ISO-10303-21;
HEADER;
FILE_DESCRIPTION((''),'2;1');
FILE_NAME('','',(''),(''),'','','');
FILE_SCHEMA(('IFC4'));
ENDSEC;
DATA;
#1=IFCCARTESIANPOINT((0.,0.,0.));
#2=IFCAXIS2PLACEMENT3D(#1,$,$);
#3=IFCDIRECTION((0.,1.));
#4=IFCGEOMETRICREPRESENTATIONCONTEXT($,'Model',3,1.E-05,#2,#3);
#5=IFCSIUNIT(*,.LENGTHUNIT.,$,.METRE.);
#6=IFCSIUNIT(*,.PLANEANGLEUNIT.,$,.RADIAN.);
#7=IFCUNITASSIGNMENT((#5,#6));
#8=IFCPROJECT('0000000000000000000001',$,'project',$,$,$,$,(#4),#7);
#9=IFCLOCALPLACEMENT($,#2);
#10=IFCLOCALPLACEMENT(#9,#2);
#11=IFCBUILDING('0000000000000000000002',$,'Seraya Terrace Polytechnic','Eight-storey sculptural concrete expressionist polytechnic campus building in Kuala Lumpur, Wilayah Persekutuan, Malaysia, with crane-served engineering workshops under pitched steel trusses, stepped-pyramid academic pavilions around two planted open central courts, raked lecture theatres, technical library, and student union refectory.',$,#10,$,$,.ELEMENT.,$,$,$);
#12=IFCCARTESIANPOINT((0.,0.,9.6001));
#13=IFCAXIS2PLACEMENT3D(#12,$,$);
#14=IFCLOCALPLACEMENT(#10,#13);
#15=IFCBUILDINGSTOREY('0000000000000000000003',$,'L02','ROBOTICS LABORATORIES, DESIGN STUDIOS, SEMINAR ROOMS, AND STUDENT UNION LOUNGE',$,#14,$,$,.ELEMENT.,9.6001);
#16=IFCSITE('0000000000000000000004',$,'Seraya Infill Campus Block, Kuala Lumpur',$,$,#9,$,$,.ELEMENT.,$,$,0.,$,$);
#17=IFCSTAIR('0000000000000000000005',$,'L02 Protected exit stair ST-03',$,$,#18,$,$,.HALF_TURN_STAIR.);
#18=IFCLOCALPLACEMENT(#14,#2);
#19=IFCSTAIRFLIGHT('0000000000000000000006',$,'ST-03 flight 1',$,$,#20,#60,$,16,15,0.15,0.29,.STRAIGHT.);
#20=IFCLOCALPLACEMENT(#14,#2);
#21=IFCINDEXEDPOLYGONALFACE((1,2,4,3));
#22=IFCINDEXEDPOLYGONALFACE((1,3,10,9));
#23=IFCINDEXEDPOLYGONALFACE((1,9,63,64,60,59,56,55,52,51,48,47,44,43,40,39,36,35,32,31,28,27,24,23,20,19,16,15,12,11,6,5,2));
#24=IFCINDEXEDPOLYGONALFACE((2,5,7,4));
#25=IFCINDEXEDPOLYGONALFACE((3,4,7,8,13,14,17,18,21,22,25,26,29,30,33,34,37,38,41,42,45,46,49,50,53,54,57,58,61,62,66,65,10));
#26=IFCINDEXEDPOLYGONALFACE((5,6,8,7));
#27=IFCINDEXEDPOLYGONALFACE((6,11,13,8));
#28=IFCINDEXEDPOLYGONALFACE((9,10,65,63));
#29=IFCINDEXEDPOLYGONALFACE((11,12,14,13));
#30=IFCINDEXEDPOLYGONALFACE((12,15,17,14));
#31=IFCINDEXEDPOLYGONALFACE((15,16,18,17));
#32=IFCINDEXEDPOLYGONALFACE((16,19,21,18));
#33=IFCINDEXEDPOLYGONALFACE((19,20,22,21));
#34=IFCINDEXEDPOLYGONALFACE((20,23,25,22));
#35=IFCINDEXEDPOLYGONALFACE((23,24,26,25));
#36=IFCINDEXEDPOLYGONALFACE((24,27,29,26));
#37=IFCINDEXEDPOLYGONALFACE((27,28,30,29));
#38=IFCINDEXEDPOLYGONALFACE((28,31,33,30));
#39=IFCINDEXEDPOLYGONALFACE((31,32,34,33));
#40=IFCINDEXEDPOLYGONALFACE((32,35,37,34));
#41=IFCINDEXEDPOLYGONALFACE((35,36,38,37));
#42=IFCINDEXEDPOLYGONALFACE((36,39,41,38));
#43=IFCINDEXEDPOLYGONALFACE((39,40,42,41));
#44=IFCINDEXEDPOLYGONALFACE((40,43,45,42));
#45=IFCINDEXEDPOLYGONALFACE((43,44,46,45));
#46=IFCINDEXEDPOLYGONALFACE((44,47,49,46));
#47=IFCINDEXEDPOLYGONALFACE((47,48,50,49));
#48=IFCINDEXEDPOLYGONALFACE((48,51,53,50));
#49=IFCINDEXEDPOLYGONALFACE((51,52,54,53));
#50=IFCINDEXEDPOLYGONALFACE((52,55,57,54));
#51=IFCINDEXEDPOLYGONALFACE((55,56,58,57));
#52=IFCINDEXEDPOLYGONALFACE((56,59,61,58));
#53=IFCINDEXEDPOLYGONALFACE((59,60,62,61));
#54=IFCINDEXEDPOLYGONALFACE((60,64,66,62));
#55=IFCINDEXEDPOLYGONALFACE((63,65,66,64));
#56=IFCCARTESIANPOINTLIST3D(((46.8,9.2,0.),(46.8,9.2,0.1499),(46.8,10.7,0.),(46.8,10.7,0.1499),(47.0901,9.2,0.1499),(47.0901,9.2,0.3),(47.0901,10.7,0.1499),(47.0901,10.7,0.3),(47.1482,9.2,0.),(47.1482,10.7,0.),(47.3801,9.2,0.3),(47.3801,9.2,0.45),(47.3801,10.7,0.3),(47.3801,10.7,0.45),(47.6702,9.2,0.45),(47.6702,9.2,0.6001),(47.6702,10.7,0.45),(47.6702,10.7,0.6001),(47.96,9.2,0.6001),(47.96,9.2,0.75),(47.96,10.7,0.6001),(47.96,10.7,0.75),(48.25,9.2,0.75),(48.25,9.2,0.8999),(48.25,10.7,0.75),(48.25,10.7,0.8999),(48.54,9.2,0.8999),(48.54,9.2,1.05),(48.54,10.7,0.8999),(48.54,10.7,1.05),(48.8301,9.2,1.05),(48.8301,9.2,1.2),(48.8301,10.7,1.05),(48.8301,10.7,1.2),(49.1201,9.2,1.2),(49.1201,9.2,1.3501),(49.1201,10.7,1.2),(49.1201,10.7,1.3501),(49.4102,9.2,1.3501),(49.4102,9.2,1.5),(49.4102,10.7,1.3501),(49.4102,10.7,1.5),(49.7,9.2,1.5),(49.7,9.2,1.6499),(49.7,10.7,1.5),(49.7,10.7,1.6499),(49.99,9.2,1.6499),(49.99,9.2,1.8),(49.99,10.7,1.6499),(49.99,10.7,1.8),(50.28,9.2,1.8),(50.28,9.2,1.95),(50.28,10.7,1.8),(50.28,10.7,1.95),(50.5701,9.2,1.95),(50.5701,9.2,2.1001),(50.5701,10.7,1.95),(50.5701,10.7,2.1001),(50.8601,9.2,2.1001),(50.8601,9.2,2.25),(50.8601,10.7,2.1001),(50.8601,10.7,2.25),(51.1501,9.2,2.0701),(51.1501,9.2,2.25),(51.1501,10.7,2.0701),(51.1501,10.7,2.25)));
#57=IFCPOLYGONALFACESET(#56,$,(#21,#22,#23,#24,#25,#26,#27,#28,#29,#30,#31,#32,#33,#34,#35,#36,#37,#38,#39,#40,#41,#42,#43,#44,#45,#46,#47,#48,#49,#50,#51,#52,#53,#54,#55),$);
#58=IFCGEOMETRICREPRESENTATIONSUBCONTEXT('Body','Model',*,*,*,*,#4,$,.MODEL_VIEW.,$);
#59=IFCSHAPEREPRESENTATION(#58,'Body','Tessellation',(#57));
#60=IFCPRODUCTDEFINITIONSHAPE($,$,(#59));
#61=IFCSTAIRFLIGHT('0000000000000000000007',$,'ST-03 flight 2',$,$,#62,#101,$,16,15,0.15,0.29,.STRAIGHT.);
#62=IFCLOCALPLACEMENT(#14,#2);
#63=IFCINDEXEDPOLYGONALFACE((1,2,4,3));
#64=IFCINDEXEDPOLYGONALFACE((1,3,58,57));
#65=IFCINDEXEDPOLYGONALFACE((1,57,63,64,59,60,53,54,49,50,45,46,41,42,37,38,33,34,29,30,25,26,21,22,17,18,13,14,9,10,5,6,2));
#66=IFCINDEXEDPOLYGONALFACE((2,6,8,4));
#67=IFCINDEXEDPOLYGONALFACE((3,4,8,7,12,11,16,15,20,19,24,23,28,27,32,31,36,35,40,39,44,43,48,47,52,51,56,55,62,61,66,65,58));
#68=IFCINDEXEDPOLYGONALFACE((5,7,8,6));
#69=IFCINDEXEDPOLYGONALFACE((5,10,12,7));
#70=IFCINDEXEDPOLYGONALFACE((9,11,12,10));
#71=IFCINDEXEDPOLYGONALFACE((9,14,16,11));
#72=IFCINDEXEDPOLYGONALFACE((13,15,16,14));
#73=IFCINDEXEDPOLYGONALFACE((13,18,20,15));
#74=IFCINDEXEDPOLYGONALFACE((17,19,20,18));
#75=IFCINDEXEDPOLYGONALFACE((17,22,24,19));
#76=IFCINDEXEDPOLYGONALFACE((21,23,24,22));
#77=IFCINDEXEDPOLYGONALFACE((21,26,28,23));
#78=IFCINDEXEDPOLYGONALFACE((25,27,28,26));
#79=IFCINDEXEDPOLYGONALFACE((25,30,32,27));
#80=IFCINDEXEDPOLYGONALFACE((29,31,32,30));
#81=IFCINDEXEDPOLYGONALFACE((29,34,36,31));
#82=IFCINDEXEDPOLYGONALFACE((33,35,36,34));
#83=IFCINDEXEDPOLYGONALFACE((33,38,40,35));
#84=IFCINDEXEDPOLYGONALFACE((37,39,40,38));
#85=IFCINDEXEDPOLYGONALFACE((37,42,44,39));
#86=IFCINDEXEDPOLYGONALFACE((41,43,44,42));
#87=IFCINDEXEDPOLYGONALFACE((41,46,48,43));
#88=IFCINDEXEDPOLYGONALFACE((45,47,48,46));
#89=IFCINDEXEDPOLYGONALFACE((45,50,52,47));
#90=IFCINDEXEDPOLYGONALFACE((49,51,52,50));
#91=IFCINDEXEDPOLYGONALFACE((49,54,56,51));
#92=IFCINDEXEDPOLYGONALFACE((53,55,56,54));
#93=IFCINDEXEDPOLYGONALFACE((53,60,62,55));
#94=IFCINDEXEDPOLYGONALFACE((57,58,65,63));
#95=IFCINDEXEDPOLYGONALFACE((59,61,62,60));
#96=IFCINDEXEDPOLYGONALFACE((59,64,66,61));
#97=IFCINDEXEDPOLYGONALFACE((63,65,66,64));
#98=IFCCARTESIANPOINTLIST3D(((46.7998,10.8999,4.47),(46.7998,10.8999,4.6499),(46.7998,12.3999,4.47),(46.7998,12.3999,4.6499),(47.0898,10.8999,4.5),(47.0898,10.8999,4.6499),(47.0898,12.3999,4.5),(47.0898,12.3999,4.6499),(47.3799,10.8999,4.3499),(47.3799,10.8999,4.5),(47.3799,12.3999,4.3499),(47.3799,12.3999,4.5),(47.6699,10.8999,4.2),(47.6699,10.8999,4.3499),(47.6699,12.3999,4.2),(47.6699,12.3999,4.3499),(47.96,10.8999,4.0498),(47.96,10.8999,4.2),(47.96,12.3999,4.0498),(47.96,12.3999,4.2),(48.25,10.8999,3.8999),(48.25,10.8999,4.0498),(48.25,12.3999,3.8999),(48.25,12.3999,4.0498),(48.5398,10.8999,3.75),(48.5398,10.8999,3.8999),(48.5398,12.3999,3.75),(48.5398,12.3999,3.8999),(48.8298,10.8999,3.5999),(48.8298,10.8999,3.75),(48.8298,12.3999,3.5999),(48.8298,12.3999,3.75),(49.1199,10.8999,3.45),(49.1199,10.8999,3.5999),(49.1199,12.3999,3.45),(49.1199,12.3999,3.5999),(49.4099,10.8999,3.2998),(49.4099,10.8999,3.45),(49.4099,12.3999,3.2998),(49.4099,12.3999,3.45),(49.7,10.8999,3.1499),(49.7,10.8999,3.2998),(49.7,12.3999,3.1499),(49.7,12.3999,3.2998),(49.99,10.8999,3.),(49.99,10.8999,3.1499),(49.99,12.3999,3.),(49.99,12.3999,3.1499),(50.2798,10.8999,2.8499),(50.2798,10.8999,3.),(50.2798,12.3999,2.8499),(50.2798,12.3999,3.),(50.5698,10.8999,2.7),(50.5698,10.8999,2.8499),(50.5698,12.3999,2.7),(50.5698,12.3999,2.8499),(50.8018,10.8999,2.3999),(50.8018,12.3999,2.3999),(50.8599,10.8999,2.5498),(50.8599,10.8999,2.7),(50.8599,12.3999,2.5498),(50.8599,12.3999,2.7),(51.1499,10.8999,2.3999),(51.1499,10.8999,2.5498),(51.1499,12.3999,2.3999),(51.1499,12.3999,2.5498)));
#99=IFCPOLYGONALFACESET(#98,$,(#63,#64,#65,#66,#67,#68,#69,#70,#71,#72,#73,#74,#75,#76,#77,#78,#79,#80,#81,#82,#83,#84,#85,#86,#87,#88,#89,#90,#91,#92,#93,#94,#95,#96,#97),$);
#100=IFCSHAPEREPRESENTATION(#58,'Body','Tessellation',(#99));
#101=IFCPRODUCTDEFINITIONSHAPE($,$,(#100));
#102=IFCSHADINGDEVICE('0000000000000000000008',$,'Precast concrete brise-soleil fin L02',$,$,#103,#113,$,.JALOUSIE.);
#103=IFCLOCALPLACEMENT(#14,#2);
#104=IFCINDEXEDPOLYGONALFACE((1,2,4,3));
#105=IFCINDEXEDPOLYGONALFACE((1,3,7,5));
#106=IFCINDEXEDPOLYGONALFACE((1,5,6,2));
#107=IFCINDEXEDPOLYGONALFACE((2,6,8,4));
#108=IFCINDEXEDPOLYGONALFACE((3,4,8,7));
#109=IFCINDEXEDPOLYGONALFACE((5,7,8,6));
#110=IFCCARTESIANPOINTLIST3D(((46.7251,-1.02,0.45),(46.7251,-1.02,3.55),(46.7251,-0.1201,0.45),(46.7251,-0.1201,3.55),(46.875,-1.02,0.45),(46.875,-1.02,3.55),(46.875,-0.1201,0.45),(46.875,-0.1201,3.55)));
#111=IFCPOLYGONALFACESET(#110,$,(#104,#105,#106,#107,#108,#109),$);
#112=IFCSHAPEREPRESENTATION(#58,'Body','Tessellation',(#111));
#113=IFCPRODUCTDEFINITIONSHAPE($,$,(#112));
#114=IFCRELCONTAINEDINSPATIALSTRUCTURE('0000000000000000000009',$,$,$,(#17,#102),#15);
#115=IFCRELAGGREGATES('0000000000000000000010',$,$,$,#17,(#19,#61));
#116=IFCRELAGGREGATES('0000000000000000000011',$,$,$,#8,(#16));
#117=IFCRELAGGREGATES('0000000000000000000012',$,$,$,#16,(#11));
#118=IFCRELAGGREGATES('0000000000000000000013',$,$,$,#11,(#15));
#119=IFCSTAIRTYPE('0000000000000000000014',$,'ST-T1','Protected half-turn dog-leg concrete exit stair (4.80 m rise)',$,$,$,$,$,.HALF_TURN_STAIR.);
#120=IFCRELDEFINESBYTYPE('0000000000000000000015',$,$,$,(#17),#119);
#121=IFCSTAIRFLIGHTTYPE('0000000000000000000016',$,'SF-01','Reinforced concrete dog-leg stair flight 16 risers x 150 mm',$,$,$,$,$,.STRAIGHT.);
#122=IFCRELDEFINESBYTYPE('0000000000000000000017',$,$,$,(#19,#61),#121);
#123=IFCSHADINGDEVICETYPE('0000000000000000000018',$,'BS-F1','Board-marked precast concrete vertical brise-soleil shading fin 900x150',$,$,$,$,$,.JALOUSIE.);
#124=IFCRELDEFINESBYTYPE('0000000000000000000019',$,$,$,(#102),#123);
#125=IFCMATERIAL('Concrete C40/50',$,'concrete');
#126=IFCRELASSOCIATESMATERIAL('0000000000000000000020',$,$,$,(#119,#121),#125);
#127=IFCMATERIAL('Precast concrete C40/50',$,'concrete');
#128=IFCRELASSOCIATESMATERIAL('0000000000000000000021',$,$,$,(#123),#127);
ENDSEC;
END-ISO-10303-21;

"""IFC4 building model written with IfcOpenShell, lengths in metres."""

from ifc_helpers import new_model, si_unit, direction, frame, origin, origin_2d, place, context, subcontext, project, spatial, polyline, rectangle, outline, extrude, material, type_object, element, aggregate, save


model = new_model("IFC4")

# Units and contexts
model_context = context("Model", 3, precision=1e-05, world=origin(), true_north=direction((0.0, 1.0)))
body_context = subcontext(model_context, "Body", "Model", "MODEL_VIEW")
ifc_project = project(units=[si_unit("LENGTHUNIT", "METRE"), si_unit("PLANEANGLEUNIT", "RADIAN")], contexts=[model_context])

# Site, building, storey
site_placement = place(None, origin())
site = spatial("IfcSite", under=ifc_project, at=site_placement, Name="Seraya Infill Campus Block, Kuala Lumpur", CompositionType="ELEMENT", RefElevation=0.0)
building_placement = place(site_placement, origin())
building = spatial("IfcBuilding", under=site, at=building_placement, Name="Seraya Terrace Polytechnic", Description="Eight-storey sculptural concrete expressionist polytechnic campus building in Kuala Lumpur, Wilayah Persekutuan, Malaysia, with crane-served engineering workshops under pitched steel trusses, stepped-pyramid academic pavilions around two planted open central courts, raked lecture theatres, technical library, and student union refectory.", CompositionType="ELEMENT")
storey_placement = place(building_placement, frame((0.0, 0.0, 9.6001)))
storey = spatial("IfcBuildingStorey", under=building, at=storey_placement, Name="L02", Description="ROBOTICS LABORATORIES, DESIGN STUDIOS, SEMINAR ROOMS, AND STUDENT UNION LOUNGE", CompositionType="ELEMENT", Elevation=9.6001)

# Shared definitions
ifc_material_1 = material(Name="Concrete C40/50", Category="concrete")

# Shared definitions
ifc_material_2 = material(Name="Precast concrete C40/50", Category="concrete")

# Stair, stair flights
stair_type = type_object("IfcStairType", Name="ST-T1", Description="Protected half-turn dog-leg concrete exit stair (4.80 m rise)", PredefinedType="HALF_TURN_STAIR", material=ifc_material_1)
stair_placement = place(storey_placement, origin())
stair = element("IfcStair", 1, at=stair_placement, inside=storey, type_object=stair_type, Name="L02 Protected exit stair ST-03", PredefinedType="HALF_TURN_STAIR")
stair_flight_type = type_object("IfcStairFlightType", Name="SF-01", Description="Reinforced concrete dog-leg stair flight 16 risers x 150 mm", PredefinedType="STRAIGHT", material=ifc_material_1)
stair_flight_1_placement = place(storey_placement, frame((46.8, 9.95, 0.0), z_axis=(0.0, 0.0, 1.0), x_axis=(1.0, 0.0, 0.0)))
stair_flight_1 = element("IfcStairFlight", 2, at=stair_flight_1_placement, type_object=stair_flight_type, Name="ST-03 flight 1", NumberOfRisers=16, NumberOfTreads=15, PredefinedType="STRAIGHT", RiserHeight=0.15, TreadLength=0.29, context=body_context, shape_type="SweptSolid", body=[
    extrude(outline(polyline([(0.0, 0.0), (0.0, 0.1499), (0.29, 0.1499), (0.29, 0.3), (0.5801, 0.3), (0.5801, 0.45), (0.8701, 0.45), (0.8701, 0.6001), (1.1599, 0.6001), (1.1599, 0.75), (1.45, 0.75), (1.45, 0.8999), (1.74, 0.8999), (1.74, 1.05), (2.03, 1.05), (2.03, 1.2), (2.3201, 1.2), (2.3201, 1.3501), (2.6101, 1.3501), (2.6101, 1.5), (2.8999, 1.5), (2.8999, 1.6499), (3.1899, 1.6499), (3.1899, 1.8), (3.48, 1.8), (3.48, 1.95), (3.77, 1.95), (3.77, 2.1001), (4.0601, 2.1001), (4.0601, 2.25), (4.3501, 2.25), (4.3501, 2.3999), (4.3501, 2.0701), (0.3481, 0.0), (0.0, 0.0)])), frame((0.0, 0.75, 0.0), z_axis=(0.0, -1.0, 0.0), x_axis=(1.0, 0.0, 0.0)), (0.0, 0.0, 1.0), 1.5),
])
stair_flight_2_placement = place(storey_placement, frame((51.1499, 11.6499, 2.3999), z_axis=(0.0, 0.0, 1.0), x_axis=(-1.0, 0.0, 0.0)))
stair_flight_2 = element("IfcStairFlight", 3, at=stair_flight_2_placement, type_object=stair_flight_type, Name="ST-03 flight 2", NumberOfRisers=16, NumberOfTreads=15, PredefinedType="STRAIGHT", RiserHeight=0.15, TreadLength=0.29, context=body_context, shape_type="SweptSolid", body=[
    extrude(outline(polyline([(0.0, 0.0), (0.0, 0.1499), (0.29, 0.1499), (0.29, 0.3), (0.5801, 0.3), (0.5801, 0.45), (0.8701, 0.45), (0.8701, 0.6001), (1.1599, 0.6001), (1.1599, 0.75), (1.45, 0.75), (1.45, 0.8999), (1.74, 0.8999), (1.74, 1.05), (2.03, 1.05), (2.03, 1.2), (2.3201, 1.2), (2.3201, 1.3501), (2.6101, 1.3501), (2.6101, 1.5), (2.8999, 1.5), (2.8999, 1.6499), (3.1899, 1.6499), (3.1899, 1.8), (3.48, 1.8), (3.48, 1.95), (3.77, 1.95), (3.77, 2.1001), (4.0601, 2.1001), (4.0601, 2.25), (4.3501, 2.25), (4.3501, 2.3999), (4.3501, 2.0701), (0.3481, 0.0), (0.0, 0.0)])), frame((0.0, 0.75, 0.0), z_axis=(0.0, -1.0, 0.0), x_axis=(1.0, 0.0, 0.0)), (0.0, 0.0, 1.0), 1.5),
])
aggregate(stair, [stair_flight_1, stair_flight_2])

# Shading device
shading_device_type = type_object("IfcShadingDeviceType", Name="BS-F1", Description="Board-marked precast concrete vertical brise-soleil shading fin 900x150", PredefinedType="JALOUSIE", material=ifc_material_2)
shading_device_placement = place(storey_placement, frame((46.8, -0.5701, 0.45), z_axis=(0.0, 0.0, 1.0), x_axis=(0.0, -1.0, 0.0)))
element("IfcShadingDevice", 4, at=shading_device_placement, inside=storey, type_object=shading_device_type, Name="Precast concrete brise-soleil fin L02", PredefinedType="JALOUSIE", context=body_context, shape_type="SweptSolid", body=[
    extrude(rectangle(XDim=0.8999, YDim=0.1499, at=origin_2d()), origin(), (0.0, 0.0, 1.0), 3.1001),
])

save(model, "model.ifc")
